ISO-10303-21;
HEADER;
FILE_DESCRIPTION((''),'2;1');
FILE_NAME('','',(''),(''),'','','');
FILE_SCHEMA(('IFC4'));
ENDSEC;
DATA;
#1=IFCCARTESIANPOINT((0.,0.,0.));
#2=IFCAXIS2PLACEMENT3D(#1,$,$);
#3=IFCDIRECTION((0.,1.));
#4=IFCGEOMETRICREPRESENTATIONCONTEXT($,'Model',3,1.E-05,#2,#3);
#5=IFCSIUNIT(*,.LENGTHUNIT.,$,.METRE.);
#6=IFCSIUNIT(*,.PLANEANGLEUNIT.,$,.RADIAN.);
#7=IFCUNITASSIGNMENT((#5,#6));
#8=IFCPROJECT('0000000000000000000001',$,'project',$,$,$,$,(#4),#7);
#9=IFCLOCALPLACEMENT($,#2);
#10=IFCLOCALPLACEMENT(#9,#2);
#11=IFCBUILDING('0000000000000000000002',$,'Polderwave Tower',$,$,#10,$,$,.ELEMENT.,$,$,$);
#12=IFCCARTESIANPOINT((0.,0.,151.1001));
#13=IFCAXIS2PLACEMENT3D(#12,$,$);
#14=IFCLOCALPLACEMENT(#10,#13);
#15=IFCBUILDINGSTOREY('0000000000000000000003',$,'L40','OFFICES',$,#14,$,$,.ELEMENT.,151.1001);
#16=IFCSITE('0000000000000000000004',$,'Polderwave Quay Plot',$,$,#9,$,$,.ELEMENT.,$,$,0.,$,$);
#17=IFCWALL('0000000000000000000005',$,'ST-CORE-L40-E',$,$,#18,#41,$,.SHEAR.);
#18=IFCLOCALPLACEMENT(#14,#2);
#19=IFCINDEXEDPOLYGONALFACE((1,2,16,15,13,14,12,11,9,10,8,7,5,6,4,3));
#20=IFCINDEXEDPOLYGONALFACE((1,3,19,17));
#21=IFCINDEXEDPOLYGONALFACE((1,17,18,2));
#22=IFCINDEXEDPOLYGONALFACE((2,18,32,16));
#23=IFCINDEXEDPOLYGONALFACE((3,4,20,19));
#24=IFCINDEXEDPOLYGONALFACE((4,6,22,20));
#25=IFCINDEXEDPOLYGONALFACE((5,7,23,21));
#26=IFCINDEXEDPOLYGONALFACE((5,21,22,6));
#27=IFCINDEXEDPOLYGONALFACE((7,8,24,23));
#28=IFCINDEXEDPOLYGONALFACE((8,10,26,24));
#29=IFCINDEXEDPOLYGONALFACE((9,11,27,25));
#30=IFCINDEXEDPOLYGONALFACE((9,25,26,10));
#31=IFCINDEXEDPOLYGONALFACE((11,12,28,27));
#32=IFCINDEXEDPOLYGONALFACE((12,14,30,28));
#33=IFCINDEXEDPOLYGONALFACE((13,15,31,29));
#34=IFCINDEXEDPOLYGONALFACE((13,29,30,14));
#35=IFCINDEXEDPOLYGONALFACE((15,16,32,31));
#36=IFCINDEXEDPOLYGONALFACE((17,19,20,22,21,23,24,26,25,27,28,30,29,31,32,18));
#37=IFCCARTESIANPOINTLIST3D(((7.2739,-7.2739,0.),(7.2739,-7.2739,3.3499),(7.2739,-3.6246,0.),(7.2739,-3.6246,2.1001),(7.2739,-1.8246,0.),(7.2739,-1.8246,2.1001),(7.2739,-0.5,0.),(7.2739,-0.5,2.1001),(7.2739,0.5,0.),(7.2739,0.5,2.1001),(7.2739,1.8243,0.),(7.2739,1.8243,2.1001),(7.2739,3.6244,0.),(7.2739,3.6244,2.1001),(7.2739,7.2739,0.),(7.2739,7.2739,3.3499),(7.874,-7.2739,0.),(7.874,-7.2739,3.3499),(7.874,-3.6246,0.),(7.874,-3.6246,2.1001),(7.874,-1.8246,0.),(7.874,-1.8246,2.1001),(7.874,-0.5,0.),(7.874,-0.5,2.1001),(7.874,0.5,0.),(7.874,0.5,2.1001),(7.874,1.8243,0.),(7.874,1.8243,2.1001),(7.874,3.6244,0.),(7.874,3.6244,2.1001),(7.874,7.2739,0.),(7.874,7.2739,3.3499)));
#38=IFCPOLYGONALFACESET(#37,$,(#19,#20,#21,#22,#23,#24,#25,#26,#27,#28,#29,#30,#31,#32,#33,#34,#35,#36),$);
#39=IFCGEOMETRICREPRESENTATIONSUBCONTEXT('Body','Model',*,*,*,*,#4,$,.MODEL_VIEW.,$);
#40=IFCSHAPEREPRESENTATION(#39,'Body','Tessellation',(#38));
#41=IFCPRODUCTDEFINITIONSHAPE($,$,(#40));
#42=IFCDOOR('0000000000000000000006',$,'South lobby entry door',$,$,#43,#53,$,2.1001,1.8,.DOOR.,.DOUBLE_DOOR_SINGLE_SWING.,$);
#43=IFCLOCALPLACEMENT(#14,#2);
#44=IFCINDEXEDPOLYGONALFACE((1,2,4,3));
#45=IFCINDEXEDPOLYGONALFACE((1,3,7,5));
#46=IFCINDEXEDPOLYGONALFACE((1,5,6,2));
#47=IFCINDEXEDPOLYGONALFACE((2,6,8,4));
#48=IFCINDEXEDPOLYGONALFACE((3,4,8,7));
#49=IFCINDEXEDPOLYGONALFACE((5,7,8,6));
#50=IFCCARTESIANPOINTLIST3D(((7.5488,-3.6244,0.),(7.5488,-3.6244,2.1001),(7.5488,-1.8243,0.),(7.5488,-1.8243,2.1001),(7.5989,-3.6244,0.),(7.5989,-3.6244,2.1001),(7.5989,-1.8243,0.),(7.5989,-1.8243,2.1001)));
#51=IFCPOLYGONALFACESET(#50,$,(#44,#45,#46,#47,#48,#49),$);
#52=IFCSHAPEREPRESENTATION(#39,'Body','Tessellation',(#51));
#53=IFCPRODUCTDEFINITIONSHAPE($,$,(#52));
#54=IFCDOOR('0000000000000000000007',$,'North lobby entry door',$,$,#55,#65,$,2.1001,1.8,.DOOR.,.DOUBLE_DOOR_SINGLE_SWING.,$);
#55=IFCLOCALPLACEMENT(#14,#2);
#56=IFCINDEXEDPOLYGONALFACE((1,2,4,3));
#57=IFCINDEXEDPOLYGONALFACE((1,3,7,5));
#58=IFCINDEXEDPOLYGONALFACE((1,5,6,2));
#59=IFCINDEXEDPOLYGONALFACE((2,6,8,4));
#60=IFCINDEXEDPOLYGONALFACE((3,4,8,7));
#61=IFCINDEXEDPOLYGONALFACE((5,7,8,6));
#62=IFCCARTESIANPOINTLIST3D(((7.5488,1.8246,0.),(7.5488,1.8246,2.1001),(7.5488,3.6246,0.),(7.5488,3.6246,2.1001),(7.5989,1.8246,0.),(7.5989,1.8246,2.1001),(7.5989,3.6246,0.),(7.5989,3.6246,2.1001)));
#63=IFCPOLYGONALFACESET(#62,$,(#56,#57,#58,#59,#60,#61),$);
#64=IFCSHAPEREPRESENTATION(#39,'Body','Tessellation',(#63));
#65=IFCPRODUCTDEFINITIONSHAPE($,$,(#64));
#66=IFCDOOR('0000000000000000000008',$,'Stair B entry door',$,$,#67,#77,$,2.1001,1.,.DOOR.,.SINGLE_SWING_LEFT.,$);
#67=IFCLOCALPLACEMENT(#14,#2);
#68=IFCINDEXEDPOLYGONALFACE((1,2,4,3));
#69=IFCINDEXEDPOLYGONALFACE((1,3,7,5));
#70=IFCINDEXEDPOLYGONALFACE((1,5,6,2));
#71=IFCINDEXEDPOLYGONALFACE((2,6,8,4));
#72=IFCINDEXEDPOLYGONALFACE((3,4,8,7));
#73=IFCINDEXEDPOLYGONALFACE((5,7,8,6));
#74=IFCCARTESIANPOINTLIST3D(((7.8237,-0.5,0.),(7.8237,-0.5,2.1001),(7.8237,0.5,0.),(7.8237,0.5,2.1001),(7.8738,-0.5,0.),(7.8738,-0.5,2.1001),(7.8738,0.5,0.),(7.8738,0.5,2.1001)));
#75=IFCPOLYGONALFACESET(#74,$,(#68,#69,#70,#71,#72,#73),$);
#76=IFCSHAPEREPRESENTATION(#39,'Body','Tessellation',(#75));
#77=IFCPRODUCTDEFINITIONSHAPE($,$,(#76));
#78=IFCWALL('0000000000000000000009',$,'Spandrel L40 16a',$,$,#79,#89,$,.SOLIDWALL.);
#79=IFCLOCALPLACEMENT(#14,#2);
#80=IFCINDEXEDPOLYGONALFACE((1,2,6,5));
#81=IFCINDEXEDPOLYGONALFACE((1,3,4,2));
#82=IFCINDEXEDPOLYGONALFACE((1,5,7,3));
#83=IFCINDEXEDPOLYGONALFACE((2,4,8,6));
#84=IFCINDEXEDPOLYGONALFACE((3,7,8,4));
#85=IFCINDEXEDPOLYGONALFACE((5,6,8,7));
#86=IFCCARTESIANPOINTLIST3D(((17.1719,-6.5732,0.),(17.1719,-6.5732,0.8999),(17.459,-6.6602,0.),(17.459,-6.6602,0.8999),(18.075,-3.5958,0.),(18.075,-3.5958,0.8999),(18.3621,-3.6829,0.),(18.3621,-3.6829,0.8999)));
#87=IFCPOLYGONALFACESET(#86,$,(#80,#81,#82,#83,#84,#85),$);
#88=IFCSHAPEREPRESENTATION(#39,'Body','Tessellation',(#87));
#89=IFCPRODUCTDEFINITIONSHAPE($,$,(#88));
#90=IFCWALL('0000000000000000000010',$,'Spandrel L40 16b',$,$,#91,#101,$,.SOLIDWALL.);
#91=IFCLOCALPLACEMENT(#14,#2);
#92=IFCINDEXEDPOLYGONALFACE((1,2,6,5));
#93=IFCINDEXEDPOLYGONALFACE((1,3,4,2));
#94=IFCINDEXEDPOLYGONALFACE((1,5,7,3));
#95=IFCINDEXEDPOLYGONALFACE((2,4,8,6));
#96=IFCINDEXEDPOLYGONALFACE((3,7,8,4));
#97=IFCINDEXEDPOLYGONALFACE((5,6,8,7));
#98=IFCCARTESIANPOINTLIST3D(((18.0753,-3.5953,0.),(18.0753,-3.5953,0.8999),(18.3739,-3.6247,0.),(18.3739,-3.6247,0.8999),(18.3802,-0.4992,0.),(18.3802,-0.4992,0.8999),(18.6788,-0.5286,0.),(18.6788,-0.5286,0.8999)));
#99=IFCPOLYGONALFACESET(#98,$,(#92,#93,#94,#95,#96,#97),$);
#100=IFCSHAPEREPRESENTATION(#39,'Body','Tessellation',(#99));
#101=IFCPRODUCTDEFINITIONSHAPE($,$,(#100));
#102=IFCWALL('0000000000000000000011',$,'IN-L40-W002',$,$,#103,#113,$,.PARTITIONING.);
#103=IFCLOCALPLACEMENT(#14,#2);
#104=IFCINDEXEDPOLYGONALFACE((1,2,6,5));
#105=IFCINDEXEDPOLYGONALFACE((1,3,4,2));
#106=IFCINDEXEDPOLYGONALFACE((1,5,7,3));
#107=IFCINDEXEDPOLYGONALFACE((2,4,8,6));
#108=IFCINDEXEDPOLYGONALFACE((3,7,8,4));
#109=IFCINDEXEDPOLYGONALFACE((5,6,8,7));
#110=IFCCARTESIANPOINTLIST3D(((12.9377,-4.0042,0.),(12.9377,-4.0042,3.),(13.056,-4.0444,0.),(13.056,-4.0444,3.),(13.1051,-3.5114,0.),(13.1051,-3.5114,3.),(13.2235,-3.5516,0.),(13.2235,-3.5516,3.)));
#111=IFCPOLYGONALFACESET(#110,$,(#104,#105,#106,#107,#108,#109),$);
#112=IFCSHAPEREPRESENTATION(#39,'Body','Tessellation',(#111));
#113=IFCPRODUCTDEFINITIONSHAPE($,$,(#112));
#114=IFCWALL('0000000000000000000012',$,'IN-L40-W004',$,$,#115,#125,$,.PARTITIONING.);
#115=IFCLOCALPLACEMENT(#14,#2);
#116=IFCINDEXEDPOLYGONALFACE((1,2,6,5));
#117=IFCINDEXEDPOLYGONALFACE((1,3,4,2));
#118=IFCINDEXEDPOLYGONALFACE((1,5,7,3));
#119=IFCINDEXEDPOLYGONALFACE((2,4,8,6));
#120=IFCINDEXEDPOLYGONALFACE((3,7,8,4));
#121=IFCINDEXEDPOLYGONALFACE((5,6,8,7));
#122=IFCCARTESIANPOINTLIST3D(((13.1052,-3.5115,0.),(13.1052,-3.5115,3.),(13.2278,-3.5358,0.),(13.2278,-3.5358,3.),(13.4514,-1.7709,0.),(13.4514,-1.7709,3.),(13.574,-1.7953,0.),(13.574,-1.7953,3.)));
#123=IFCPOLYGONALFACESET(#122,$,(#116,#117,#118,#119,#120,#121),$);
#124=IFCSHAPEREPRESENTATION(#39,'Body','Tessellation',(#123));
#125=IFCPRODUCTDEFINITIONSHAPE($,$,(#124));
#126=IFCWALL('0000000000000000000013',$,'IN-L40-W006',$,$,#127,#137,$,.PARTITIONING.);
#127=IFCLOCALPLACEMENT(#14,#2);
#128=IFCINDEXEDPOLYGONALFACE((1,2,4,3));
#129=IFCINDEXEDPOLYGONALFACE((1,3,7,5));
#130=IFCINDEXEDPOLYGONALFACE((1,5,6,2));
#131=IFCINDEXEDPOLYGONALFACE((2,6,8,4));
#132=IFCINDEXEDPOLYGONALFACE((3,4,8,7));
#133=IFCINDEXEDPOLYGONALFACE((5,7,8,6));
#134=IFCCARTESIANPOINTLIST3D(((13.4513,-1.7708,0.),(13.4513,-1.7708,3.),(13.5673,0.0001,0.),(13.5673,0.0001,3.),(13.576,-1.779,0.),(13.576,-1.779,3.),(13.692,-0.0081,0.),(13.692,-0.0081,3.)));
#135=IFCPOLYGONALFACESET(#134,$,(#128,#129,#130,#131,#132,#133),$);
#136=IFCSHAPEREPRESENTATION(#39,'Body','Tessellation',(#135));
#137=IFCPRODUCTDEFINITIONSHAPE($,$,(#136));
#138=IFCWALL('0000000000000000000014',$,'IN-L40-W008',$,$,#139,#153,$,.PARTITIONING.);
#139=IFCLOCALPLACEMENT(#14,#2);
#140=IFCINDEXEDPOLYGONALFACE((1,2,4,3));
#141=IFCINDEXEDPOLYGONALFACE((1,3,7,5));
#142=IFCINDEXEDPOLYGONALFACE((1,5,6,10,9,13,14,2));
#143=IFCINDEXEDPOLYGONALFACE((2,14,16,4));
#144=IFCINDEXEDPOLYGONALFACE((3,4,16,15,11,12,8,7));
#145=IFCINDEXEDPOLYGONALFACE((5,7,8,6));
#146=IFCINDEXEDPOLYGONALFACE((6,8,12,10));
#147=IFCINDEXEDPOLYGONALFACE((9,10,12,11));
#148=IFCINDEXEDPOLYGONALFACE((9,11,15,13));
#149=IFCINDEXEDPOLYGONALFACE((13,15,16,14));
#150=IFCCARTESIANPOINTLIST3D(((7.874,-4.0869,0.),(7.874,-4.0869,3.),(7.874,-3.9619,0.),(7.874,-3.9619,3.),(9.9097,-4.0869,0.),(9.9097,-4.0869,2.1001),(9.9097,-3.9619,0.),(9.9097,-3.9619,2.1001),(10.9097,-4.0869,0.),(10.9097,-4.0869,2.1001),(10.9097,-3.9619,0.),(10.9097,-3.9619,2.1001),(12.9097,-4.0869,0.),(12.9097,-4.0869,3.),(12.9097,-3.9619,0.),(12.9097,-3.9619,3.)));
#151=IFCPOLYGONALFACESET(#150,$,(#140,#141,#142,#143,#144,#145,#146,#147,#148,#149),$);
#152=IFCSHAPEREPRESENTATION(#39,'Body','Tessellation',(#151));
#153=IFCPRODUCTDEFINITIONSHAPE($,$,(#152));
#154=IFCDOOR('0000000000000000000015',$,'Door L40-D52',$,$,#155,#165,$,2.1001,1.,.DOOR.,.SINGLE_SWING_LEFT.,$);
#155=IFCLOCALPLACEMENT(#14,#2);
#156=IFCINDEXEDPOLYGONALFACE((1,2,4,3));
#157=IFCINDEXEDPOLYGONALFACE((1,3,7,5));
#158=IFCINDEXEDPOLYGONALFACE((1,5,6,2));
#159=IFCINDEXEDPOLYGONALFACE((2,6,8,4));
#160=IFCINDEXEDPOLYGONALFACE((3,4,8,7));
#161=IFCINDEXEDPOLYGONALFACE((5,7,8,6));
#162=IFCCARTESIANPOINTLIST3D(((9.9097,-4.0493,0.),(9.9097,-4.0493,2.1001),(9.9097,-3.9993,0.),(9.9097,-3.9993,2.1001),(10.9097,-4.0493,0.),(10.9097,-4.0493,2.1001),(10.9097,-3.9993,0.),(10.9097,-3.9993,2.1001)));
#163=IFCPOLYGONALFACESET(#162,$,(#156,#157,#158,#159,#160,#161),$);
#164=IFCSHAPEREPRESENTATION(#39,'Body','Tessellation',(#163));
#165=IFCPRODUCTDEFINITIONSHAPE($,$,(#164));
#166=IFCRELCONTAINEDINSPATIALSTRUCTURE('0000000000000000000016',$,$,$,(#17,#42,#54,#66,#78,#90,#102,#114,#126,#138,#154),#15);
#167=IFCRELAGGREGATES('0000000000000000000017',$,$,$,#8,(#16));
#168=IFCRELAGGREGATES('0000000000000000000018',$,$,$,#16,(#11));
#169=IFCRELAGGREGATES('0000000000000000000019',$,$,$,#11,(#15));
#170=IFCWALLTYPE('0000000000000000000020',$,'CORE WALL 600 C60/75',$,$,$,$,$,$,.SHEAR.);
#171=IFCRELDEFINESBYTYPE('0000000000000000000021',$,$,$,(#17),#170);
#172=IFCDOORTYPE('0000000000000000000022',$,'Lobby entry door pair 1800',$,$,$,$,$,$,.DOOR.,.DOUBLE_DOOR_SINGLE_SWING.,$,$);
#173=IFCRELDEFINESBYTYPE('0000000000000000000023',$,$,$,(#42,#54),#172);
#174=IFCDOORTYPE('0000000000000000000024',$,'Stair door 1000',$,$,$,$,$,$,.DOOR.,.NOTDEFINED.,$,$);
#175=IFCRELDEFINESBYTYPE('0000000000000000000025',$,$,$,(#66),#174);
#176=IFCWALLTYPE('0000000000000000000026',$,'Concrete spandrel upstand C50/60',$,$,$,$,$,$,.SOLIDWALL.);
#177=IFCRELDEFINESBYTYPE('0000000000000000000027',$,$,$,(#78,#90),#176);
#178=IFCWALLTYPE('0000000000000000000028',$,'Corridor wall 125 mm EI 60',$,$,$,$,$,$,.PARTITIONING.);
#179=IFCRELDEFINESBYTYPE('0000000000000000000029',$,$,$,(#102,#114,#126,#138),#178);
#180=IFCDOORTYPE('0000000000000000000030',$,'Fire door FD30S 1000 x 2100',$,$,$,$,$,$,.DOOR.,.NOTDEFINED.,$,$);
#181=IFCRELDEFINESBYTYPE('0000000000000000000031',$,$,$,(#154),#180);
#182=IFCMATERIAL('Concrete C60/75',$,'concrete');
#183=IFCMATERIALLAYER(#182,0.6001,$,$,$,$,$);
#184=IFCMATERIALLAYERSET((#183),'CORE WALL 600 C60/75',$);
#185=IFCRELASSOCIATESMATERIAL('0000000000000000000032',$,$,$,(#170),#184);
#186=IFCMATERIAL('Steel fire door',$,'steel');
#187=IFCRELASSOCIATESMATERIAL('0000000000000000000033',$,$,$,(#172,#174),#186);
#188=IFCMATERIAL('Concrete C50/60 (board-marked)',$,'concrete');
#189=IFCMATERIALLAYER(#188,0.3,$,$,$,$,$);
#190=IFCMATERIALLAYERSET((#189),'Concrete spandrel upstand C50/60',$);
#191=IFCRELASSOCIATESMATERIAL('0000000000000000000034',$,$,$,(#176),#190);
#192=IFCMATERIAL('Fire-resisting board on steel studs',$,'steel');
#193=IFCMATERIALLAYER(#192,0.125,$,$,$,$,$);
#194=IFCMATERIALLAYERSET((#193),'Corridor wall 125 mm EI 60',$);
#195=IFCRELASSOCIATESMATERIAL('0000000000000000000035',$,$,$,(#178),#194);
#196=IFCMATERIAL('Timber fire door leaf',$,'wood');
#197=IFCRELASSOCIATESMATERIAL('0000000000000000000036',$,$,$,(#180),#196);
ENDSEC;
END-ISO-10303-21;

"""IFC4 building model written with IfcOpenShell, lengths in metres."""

from ifc_helpers import new_model, si_unit, direction, frame, frame_2d, origin, place, context, subcontext, project, spatial, rectangle, extrude, material, layer, layer_set, type_object, element, fill, save


model = new_model("IFC4")

# Units and contexts
model_context = context("Model", 3, precision=1e-05, world=origin(), true_north=direction((0.0, 1.0)))
body_context = subcontext(model_context, "Body", "Model", "MODEL_VIEW")
ifc_project = project(units=[si_unit("LENGTHUNIT", "METRE"), si_unit("PLANEANGLEUNIT", "RADIAN")], contexts=[model_context])

# Site, building, storey
site_placement = place(None, origin())
site = spatial("IfcSite", under=ifc_project, at=site_placement, Name="Polderwave Quay Plot", CompositionType="ELEMENT", RefElevation=0.0)
building_placement = place(site_placement, origin())
building = spatial("IfcBuilding", under=site, at=building_placement, Name="Polderwave Tower", CompositionType="ELEMENT")
storey_placement = place(building_placement, frame((0.0, 0.0, 151.1001)))
storey = spatial("IfcBuildingStorey", under=building, at=storey_placement, Name="L40", Description="OFFICES", CompositionType="ELEMENT", Elevation=151.1001)

# Shared definitions
ifc_material_1 = material(Name="Concrete C60/75", Category="concrete")

# Wall, openings, doors
ifc_layer_1 = layer(ifc_material_1, 0.6001)
ifc_layer_set_1 = layer_set([ifc_layer_1], Name="CORE WALL 600 C60/75")
wall_type_1 = type_object("IfcWallType", Name="CORE WALL 600 C60/75", PredefinedType="SHEAR", material=ifc_layer_set_1)
wall_1_placement = place(storey_placement, frame((7.574, -7.2739, 0.0), z_axis=(0.0, 0.0, 1.0), x_axis=(0.0, 1.0, 0.0)))
wall_1 = element("IfcWall", 1, at=wall_1_placement, inside=storey, type_object=wall_type_1, Name="ST-CORE-L40-E", PredefinedType="SHEAR", context=body_context, shape_type="SweptSolid", body=[
    extrude(rectangle(XDim=14.5479, YDim=0.6001, at=frame_2d((7.2739, 0.0))), origin(), (0.0, 0.0, 1.0), 3.3499),
])
opening_1_placement = place(wall_1_placement, frame((6.7739, 0.0, 0.0)))
opening_1 = element("IfcOpeningElement", 2, at=opening_1_placement, cuts=wall_1, PredefinedType="OPENING", context=body_context, shape_type="SweptSolid", body=[
    extrude(rectangle(XDim=1.0, YDim=2.1001, at=frame_2d((0.5, 1.05))), frame((0.0, 0.3101, 0.0), z_axis=(0.0, -1.0, 0.0), x_axis=(1.0, 0.0, 0.0)), (0.0, 0.0, 1.0), 0.6201),
])
opening_2_placement = place(wall_1_placement, frame((3.6494, 0.0, 0.0)))
opening_2 = element("IfcOpeningElement", 3, at=opening_2_placement, cuts=wall_1, PredefinedType="OPENING", context=body_context, shape_type="SweptSolid", body=[
    extrude(rectangle(XDim=1.8, YDim=2.1001, at=frame_2d((0.8999, 1.05))), frame((0.0, 0.3101, 0.0), z_axis=(0.0, -1.0, 0.0), x_axis=(1.0, 0.0, 0.0)), (0.0, 0.0, 1.0), 0.6201),
])
opening_3_placement = place(wall_1_placement, frame((9.0984, 0.0, 0.0)))
opening_3 = element("IfcOpeningElement", 4, at=opening_3_placement, cuts=wall_1, PredefinedType="OPENING", context=body_context, shape_type="SweptSolid", body=[
    extrude(rectangle(XDim=1.8, YDim=2.1001, at=frame_2d((0.8999, 1.05))), frame((0.0, 0.3101, 0.0), z_axis=(0.0, -1.0, 0.0), x_axis=(1.0, 0.0, 0.0)), (0.0, 0.0, 1.0), 0.6201),
])
ifc_material_2 = material(Name="Steel fire door", Category="steel")
door_type_1 = type_object("IfcDoorType", Name="Lobby entry door pair 1800", OperationType="DOUBLE_DOOR_SINGLE_SWING", PredefinedType="DOOR", material=ifc_material_2)
door_1_placement = place(opening_2_placement, frame((1.8, 0.0, 0.0), z_axis=(0.0, 0.0, 1.0), x_axis=(-1.0, 0.0, 0.0)))
door_1 = element("IfcDoor", 5, at=door_1_placement, inside=storey, type_object=door_type_1, Name="South lobby entry door", OperationType="DOUBLE_DOOR_SINGLE_SWING", OverallHeight=2.1001, OverallWidth=1.8, PredefinedType="DOOR", context=body_context, shape_type="SweptSolid", body=[
    extrude(rectangle(XDim=1.8, YDim=2.1001, at=frame_2d((0.8999, 1.05))), frame((0.0, 0.0249, 0.0), z_axis=(0.0, -1.0, 0.0), x_axis=(1.0, 0.0, 0.0)), (0.0, 0.0, 1.0), 0.05),
])
fill(opening_2, door_1)
door_2_placement = place(opening_3_placement, frame((1.8, 0.0, 0.0), z_axis=(0.0, 0.0, 1.0), x_axis=(-1.0, 0.0, 0.0)))
door_2 = element("IfcDoor", 6, at=door_2_placement, inside=storey, type_object=door_type_1, Name="North lobby entry door", OperationType="DOUBLE_DOOR_SINGLE_SWING", OverallHeight=2.1001, OverallWidth=1.8, PredefinedType="DOOR", context=body_context, shape_type="SweptSolid", body=[
    extrude(rectangle(XDim=1.8, YDim=2.1001, at=frame_2d((0.8999, 1.05))), frame((0.0, 0.0249, 0.0), z_axis=(0.0, -1.0, 0.0), x_axis=(1.0, 0.0, 0.0)), (0.0, 0.0, 1.0), 0.05),
])
fill(opening_3, door_2)
door_type_2 = type_object("IfcDoorType", Name="Stair door 1000", OperationType="NOTDEFINED", PredefinedType="DOOR", material=ifc_material_2)
door_3_placement = place(opening_1_placement, frame((1.0, 0.0, 0.0), z_axis=(0.0, 0.0, 1.0), x_axis=(-1.0, 0.0, 0.0)))
door_3 = element("IfcDoor", 7, at=door_3_placement, inside=storey, type_object=door_type_2, Name="Stair B entry door", OperationType="SINGLE_SWING_LEFT", OverallHeight=2.1001, OverallWidth=1.0, PredefinedType="DOOR", context=body_context, shape_type="SweptSolid", body=[
    extrude(rectangle(XDim=1.0, YDim=2.1001, at=frame_2d((0.5, 1.05))), frame((0.0, 0.2998, 0.0), z_axis=(0.0, -1.0, 0.0), x_axis=(1.0, 0.0, 0.0)), (0.0, 0.0, 1.0), 0.05),
])
fill(opening_1, door_3)

# Walls
ifc_material_3 = material(Name="Concrete C50/60 (board-marked)", Category="concrete")
ifc_layer_2 = layer(ifc_material_3, 0.3)
ifc_layer_set_2 = layer_set([ifc_layer_2], Name="Concrete spandrel upstand C50/60")
wall_type_2 = type_object("IfcWallType", Name="Concrete spandrel upstand C50/60", PredefinedType="SOLIDWALL", material=ifc_layer_set_2)
wall_2_placement = place(storey_placement, frame((17.3154, -6.6167, 0.0), z_axis=(0.0, 0.0, 1.0), x_axis=(0.290262, 0.956947, 0.0)))
element("IfcWall", 8, at=wall_2_placement, inside=storey, type_object=wall_type_2, Name="Spandrel L40 16a", PredefinedType="SOLIDWALL", context=body_context, shape_type="SweptSolid", body=[
    extrude(rectangle(XDim=3.1113, YDim=0.3, at=frame_2d((1.5557, 0.0))), origin(), (0.0, 0.0, 1.0), 0.8999),
])
wall_3_placement = place(storey_placement, frame((18.2246, -3.6101, 0.0), z_axis=(0.0, 0.0, 1.0), x_axis=(0.098012, 0.995185, 0.0)))
element("IfcWall", 9, at=wall_3_placement, inside=storey, type_object=wall_type_2, Name="Spandrel L40 16b", PredefinedType="SOLIDWALL", context=body_context, shape_type="SweptSolid", body=[
    extrude(rectangle(XDim=3.1111, YDim=0.3, at=frame_2d((1.5557, 0.0))), origin(), (0.0, 0.0, 1.0), 0.8999),
])
ifc_material_4 = material(Name="Fire-resisting board on steel studs", Category="steel")
ifc_layer_3 = layer(ifc_material_4, 0.125)
ifc_layer_set_3 = layer_set([ifc_layer_3], Name="Corridor wall 125 mm EI 60")
wall_type_3 = type_object("IfcWallType", Name="Corridor wall 125 mm EI 60", PredefinedType="PARTITIONING", material=ifc_layer_set_3)
wall_4_placement = place(storey_placement, frame((13.1643, -3.5315, 0.0), z_axis=(0.0, 0.0, 1.0), x_axis=(-0.321709, -0.946838, 0.0)))
element("IfcWall", 10, at=wall_4_placement, inside=storey, type_object=wall_type_3, Name="IN-L40-W002", PredefinedType="PARTITIONING", context=body_context, shape_type="SweptSolid", body=[
    extrude(rectangle(XDim=0.5205, YDim=0.125, at=frame_2d((0.2603, 0.0))), origin(), (0.0, 0.0, 1.0), 3.0),
])
for number, where, z_axis, x_axis, name in (
    (11, (13.5127, -1.7832, 0.0), (0.0, 0.0, 1.0), (-0.195084, -0.980786, 0.0), "IN-L40-W004"),
    (12, (13.6296, -0.0042, 0.0), (0.0, 0.0, 1.0), (-0.06535, -0.997862, 0.0), "IN-L40-W006"),
):
    element("IfcWall", number, at=place(storey_placement, frame(where, z_axis=z_axis, x_axis=x_axis)), inside=storey, type_object=wall_type_3, Name=name, PredefinedType="PARTITIONING", context=body_context, shape_type="SweptSolid", body=[
        extrude(rectangle(XDim=1.7747, YDim=0.125, at=frame_2d((0.8872, 0.0))), origin(), (0.0, 0.0, 1.0), 3.0),
    ])

# Wall, opening, door
wall_5_placement = place(storey_placement, frame((12.9097, -4.0244, 0.0), z_axis=(0.0, 0.0, 1.0), x_axis=(-1.0, 0.0, 0.0)))
wall_5 = element("IfcWall", 13, at=wall_5_placement, inside=storey, type_object=wall_type_3, Name="IN-L40-W008", PredefinedType="PARTITIONING", context=body_context, shape_type="SweptSolid", body=[
    extrude(rectangle(XDim=5.0356, YDim=0.125, at=frame_2d((2.5178, 0.0))), origin(), (0.0, 0.0, 1.0), 3.0),
])
opening_4_placement = place(wall_5_placement, frame((2.0, 0.0, 0.0)))
opening_4 = element("IfcOpeningElement", 14, at=opening_4_placement, cuts=wall_5, PredefinedType="OPENING", context=body_context, shape_type="SweptSolid", body=[
    extrude(rectangle(XDim=1.0, YDim=2.1001, at=frame_2d((0.5, 1.05))), frame((0.0, 0.0725, 0.0), z_axis=(0.0, -1.0, 0.0), x_axis=(1.0, 0.0, 0.0)), (0.0, 0.0, 1.0), 0.145),
])
ifc_material_5 = material(Name="Timber fire door leaf", Category="wood")
door_type_3 = type_object("IfcDoorType", Name="Fire door FD30S 1000 x 2100", OperationType="NOTDEFINED", PredefinedType="DOOR", material=ifc_material_5)
door_4_placement = place(opening_4_placement, origin())
door_4 = element("IfcDoor", 15, at=door_4_placement, inside=storey, type_object=door_type_3, Name="Door L40-D52", OperationType="SINGLE_SWING_LEFT", OverallHeight=2.1001, OverallWidth=1.0, PredefinedType="DOOR", context=body_context, shape_type="SweptSolid", body=[
    extrude(rectangle(XDim=1.0, YDim=2.1001, at=frame_2d((0.5, 1.05))), frame((0.0, 0.0249, 0.0), z_axis=(0.0, -1.0, 0.0), x_axis=(1.0, 0.0, 0.0)), (0.0, 0.0, 1.0), 0.05),
])
fill(opening_4, door_4)

save(model, "model.ifc")
